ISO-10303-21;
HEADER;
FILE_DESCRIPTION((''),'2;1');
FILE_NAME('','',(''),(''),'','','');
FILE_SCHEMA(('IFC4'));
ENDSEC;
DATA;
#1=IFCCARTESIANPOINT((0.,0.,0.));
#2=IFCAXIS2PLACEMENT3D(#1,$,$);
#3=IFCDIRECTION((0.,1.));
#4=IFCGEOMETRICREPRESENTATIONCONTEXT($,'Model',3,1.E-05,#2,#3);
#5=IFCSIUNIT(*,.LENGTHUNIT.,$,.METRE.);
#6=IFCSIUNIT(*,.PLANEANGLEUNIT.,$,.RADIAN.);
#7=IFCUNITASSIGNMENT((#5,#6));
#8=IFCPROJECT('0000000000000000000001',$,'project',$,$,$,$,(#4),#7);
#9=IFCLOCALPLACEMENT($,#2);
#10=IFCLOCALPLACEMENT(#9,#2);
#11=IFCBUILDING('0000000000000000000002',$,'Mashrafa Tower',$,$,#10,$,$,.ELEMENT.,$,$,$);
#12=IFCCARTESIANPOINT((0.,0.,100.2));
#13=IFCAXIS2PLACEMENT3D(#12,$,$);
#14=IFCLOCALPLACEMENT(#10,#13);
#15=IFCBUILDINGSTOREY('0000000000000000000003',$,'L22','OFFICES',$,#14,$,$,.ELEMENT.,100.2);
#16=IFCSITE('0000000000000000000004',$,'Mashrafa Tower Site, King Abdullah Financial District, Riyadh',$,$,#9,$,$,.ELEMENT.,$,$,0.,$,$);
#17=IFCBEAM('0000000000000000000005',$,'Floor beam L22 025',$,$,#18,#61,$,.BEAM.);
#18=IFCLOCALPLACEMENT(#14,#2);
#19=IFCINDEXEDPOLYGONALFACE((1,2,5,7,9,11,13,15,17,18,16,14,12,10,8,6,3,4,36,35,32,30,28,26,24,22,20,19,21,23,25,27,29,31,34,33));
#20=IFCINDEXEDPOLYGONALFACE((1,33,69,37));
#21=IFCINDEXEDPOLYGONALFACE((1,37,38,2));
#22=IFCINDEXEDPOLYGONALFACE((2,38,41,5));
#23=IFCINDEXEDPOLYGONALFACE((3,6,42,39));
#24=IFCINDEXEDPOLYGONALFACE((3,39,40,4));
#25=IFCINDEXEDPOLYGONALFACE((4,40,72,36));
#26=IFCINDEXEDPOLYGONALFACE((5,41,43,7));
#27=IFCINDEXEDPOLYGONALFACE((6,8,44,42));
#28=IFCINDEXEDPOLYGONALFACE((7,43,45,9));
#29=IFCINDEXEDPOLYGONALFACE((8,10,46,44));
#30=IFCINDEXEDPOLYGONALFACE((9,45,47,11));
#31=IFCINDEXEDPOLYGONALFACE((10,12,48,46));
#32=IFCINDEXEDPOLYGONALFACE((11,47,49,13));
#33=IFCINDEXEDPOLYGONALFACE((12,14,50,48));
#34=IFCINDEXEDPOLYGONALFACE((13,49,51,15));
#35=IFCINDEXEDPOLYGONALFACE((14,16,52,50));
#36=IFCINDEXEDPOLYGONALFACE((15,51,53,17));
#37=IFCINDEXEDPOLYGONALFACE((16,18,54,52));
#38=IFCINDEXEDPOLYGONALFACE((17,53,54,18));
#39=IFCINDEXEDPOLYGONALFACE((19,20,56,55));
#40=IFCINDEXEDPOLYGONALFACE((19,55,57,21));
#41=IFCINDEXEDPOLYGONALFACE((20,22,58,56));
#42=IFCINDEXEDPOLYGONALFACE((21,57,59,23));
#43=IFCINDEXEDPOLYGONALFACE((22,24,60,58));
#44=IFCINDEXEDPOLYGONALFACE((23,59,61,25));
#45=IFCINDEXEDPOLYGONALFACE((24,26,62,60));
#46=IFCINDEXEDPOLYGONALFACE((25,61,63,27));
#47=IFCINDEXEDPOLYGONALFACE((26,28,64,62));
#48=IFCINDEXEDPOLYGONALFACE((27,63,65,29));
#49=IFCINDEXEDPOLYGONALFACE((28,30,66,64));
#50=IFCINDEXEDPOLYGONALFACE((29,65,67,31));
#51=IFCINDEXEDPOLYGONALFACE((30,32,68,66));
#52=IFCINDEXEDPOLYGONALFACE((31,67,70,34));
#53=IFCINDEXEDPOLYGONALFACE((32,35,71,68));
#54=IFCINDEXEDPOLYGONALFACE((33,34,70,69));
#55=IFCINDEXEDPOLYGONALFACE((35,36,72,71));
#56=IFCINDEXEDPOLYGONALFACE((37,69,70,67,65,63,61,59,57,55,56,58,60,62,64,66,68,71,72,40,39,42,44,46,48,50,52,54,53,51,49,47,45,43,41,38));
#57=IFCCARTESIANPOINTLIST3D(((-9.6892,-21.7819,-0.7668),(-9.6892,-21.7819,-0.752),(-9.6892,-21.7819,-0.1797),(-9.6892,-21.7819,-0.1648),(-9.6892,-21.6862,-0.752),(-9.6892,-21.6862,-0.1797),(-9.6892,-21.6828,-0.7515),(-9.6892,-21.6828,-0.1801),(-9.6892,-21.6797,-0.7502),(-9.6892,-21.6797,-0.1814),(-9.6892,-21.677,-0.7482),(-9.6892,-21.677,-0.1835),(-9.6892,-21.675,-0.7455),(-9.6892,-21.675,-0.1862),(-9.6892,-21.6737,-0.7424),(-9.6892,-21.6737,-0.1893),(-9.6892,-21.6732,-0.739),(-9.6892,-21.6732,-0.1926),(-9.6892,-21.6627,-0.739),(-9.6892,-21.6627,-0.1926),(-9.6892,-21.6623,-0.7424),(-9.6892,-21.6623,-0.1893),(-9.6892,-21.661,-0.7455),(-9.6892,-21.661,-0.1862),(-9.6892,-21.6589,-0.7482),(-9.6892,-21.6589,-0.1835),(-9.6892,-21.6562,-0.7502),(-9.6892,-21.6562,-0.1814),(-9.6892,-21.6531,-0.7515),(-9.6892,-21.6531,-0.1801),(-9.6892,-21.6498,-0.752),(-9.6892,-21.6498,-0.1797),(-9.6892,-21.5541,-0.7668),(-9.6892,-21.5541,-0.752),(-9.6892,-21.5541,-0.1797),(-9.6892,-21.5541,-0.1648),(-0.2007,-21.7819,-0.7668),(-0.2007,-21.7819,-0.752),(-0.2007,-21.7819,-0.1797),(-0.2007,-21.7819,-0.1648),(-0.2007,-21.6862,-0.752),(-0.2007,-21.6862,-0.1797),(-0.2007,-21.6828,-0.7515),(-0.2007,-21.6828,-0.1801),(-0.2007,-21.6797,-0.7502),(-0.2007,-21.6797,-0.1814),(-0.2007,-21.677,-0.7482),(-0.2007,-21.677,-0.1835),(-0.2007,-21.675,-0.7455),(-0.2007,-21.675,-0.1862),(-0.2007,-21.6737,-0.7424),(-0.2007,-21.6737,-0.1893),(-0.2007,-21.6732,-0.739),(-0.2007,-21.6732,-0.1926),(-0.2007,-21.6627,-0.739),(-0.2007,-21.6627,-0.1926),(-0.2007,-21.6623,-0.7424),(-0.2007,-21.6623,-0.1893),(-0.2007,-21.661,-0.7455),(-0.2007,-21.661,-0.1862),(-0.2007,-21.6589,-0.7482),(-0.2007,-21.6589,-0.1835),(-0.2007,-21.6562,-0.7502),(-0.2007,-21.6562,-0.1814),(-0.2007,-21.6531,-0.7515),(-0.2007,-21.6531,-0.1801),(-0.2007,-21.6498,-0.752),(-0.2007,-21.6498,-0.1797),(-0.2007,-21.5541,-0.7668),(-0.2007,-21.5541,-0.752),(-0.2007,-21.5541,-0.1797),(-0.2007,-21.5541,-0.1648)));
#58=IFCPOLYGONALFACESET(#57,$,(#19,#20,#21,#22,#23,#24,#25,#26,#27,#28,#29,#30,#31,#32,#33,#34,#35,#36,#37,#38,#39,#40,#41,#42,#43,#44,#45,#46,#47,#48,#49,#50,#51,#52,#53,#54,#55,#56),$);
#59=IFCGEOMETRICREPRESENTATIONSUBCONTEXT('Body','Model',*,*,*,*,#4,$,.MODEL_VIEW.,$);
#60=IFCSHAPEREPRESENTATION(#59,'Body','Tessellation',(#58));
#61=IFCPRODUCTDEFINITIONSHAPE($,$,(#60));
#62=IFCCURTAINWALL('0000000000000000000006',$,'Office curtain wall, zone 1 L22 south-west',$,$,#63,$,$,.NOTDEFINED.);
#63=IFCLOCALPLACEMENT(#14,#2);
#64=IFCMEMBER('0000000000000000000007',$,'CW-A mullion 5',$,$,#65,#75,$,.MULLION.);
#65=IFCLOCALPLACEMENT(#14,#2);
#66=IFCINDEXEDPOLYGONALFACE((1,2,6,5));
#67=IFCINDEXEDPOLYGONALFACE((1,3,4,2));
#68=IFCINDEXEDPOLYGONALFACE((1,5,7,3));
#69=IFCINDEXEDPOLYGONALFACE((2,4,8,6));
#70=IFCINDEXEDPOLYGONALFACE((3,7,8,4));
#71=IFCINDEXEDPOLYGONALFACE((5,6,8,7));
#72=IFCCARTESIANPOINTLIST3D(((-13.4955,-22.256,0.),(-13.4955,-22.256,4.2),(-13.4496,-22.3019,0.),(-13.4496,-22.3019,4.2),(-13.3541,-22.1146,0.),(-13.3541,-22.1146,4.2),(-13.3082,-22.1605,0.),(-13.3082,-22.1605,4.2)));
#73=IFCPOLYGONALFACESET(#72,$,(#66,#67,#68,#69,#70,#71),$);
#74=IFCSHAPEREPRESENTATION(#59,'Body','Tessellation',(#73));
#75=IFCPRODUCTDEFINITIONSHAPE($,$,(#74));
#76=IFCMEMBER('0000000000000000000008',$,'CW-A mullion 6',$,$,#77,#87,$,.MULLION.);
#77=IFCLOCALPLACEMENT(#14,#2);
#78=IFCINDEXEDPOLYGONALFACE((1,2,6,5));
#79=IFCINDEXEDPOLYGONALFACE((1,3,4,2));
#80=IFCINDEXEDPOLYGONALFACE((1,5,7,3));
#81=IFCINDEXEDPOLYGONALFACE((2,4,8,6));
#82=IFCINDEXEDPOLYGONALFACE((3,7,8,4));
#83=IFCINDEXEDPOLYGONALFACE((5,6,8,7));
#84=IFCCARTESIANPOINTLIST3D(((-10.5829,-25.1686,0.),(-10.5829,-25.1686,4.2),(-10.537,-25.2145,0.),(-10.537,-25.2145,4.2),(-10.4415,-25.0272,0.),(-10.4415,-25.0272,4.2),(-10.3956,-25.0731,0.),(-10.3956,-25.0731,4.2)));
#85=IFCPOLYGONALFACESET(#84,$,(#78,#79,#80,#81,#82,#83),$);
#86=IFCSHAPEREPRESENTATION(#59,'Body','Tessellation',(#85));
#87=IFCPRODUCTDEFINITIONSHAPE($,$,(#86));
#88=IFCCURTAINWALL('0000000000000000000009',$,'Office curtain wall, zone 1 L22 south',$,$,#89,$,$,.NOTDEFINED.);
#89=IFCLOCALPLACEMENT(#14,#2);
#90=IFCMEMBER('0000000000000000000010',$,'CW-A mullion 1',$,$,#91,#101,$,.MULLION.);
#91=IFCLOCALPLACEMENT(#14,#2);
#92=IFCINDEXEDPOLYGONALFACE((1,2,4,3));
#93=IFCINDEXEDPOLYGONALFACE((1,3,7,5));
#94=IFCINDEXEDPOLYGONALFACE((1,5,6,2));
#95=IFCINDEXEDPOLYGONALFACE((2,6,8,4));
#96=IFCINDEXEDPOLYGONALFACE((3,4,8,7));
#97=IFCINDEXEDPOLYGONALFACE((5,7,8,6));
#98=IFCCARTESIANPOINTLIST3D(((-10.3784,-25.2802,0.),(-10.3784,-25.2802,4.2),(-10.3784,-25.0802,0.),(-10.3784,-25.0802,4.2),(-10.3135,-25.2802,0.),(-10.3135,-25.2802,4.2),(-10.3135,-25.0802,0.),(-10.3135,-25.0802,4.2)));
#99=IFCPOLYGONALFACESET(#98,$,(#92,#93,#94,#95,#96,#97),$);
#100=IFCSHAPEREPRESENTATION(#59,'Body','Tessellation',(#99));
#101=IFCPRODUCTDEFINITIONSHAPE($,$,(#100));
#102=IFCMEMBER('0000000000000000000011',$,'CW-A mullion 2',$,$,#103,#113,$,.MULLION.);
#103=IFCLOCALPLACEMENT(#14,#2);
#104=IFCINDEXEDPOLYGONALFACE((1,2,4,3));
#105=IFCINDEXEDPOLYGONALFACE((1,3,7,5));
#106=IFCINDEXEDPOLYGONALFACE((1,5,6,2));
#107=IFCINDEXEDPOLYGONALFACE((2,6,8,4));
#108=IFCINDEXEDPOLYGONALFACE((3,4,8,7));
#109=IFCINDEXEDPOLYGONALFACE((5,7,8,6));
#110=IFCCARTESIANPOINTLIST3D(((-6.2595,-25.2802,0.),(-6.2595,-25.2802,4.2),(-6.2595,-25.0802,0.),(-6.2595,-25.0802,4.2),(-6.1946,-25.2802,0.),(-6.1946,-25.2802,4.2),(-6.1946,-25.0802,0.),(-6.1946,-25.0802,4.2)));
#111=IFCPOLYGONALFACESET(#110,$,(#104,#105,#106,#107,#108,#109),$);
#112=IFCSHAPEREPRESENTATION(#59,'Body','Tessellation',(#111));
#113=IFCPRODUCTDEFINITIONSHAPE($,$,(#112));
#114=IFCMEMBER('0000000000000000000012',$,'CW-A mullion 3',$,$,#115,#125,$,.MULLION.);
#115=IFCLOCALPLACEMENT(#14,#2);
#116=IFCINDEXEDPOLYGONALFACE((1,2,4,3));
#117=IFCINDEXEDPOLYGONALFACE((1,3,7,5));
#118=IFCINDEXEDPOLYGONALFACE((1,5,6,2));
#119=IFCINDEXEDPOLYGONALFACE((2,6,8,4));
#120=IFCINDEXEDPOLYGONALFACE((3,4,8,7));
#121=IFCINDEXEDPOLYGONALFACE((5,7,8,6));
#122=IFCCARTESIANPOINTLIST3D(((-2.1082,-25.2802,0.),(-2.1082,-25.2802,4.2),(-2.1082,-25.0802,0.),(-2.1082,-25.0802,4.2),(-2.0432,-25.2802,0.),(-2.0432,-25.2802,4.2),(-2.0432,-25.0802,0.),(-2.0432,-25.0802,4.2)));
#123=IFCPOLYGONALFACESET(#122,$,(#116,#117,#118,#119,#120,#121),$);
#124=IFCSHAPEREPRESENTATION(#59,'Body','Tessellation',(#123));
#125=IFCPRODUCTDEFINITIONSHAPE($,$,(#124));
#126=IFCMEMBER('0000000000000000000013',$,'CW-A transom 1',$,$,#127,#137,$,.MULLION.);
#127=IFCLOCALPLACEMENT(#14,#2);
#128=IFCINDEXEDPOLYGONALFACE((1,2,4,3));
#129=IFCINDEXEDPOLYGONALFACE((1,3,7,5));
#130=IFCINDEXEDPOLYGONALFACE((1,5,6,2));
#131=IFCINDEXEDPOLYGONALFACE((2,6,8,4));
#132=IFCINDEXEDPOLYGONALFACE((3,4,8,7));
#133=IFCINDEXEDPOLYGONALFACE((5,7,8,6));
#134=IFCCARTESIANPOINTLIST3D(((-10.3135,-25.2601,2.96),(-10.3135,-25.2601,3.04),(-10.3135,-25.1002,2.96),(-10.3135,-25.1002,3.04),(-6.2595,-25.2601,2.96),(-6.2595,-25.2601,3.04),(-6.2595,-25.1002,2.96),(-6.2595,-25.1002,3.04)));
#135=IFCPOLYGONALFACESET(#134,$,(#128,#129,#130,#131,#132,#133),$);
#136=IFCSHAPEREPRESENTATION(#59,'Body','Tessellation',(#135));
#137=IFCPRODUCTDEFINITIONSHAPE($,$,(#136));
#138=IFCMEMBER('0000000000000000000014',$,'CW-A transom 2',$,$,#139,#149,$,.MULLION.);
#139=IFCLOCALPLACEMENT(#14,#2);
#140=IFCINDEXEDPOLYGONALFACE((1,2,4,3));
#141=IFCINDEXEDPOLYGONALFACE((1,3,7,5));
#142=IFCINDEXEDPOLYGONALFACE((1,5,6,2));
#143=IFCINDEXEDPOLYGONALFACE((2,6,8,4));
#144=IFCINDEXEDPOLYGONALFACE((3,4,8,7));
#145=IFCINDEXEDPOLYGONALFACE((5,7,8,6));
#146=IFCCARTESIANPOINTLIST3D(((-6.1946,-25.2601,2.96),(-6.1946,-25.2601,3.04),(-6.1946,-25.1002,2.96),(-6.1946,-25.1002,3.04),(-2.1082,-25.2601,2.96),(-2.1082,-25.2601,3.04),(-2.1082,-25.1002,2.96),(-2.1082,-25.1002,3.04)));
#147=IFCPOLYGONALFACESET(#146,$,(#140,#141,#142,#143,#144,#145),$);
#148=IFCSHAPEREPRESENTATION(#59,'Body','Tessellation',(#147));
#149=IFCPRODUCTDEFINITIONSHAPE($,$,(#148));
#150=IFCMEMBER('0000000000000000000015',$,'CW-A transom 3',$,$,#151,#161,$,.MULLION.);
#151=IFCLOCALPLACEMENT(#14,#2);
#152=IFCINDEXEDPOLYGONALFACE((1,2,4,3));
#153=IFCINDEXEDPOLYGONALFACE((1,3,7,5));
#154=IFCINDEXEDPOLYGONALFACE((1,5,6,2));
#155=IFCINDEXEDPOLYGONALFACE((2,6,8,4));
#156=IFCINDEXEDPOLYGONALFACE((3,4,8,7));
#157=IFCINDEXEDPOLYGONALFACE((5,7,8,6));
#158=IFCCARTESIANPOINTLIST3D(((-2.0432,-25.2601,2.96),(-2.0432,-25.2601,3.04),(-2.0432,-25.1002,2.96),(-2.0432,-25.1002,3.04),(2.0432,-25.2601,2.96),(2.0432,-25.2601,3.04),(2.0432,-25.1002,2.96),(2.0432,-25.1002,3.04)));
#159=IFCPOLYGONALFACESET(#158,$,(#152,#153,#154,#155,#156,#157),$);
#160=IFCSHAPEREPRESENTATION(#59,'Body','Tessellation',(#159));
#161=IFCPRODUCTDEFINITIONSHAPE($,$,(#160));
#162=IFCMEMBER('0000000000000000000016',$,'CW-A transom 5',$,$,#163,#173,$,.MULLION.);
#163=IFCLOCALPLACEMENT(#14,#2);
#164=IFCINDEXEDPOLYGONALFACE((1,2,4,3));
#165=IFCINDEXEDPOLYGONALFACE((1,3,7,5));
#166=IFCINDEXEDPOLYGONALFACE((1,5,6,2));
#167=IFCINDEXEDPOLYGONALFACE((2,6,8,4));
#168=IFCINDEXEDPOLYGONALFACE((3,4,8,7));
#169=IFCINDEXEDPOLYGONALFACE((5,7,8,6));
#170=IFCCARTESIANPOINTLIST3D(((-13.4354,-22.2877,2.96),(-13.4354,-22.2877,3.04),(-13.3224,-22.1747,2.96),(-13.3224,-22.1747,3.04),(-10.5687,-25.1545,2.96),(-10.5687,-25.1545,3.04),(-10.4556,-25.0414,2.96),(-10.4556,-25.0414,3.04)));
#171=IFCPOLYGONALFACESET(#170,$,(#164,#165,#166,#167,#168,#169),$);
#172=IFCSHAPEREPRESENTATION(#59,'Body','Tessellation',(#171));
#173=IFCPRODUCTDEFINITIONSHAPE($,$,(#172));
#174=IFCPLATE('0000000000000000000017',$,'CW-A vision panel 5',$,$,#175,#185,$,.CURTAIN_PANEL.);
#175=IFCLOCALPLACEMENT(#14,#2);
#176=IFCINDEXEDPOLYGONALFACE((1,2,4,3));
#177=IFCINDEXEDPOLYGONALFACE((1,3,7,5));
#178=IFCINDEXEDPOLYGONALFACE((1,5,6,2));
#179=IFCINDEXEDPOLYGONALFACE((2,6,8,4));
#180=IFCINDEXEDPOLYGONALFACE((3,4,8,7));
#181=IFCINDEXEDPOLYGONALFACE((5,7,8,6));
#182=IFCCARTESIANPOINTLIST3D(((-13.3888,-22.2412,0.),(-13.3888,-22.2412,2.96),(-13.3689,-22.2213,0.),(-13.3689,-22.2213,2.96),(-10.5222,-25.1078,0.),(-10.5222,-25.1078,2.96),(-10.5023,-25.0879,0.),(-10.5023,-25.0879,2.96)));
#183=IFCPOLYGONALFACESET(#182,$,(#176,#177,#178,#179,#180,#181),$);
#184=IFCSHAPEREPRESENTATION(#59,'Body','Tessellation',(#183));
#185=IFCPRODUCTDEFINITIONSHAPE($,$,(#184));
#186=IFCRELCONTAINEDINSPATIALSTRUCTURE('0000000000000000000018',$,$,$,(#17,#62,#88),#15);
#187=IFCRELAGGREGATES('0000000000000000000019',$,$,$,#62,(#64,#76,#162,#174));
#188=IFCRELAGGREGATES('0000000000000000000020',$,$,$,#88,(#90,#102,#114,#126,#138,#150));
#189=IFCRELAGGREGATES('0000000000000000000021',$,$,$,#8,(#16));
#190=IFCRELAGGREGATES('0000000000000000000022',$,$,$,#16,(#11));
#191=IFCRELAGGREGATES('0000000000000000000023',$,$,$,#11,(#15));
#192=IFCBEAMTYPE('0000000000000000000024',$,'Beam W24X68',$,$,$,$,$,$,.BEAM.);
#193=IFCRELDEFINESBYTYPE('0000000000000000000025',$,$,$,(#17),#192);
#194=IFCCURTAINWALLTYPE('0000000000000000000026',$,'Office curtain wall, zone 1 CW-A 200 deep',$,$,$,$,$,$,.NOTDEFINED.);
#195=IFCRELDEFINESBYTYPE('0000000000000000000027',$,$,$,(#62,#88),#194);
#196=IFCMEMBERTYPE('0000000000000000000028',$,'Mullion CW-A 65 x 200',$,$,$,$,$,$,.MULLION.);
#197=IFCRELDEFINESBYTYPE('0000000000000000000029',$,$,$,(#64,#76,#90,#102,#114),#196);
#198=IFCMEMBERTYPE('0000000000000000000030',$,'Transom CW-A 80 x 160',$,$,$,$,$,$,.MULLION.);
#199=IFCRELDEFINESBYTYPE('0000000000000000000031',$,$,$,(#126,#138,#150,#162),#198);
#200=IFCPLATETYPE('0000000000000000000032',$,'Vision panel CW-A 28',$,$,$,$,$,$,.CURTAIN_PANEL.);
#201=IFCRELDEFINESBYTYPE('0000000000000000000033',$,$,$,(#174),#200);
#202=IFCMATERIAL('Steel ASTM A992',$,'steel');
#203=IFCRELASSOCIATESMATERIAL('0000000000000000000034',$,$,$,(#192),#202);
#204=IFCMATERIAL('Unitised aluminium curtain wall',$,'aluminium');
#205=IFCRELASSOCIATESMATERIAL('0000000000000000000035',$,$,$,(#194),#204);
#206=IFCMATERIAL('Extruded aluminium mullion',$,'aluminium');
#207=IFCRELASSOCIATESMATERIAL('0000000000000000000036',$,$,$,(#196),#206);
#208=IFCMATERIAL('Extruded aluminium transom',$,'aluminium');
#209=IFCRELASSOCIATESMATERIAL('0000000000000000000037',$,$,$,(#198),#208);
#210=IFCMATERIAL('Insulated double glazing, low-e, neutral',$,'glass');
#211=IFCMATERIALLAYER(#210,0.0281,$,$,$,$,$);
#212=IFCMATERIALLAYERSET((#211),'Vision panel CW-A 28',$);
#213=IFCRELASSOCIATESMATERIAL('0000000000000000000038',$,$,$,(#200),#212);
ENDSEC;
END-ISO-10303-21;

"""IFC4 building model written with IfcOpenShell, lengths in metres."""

from ifc_helpers import new_model, si_unit, direction, frame, origin, origin_2d, place, context, subcontext, project, spatial, rectangle, i_section, extrude, source, transform, mapped, material, layer, layer_set, material_profile, profile_set, type_object, type_shapes, element, aggregate, save


model = new_model("IFC4")

# Units and contexts
model_context = context("Model", 3, precision=1e-05, world=origin(), true_north=direction((0.0, 1.0)))
body_context = subcontext(model_context, "Body", "Model", "MODEL_VIEW")
ifc_project = project(units=[si_unit("LENGTHUNIT", "METRE"), si_unit("PLANEANGLEUNIT", "RADIAN")], contexts=[model_context])

# Site, building, storey
site_placement = place(None, origin())
site = spatial("IfcSite", under=ifc_project, at=site_placement, Name="Mashrafa Tower Site, King Abdullah Financial District, Riyadh", CompositionType="ELEMENT", RefElevation=0.0)
building_placement = place(site_placement, origin())
building = spatial("IfcBuilding", under=site, at=building_placement, Name="Mashrafa Tower", CompositionType="ELEMENT")
storey_placement = place(building_placement, frame((0.0, 0.0, 100.2)))
storey = spatial("IfcBuildingStorey", under=building, at=storey_placement, Name="L22", Description="OFFICES", CompositionType="ELEMENT", Elevation=100.2)

# Beam
ifc_material_1 = material(Name="Steel ASTM A992", Category="steel")
ifc_material_profile_1 = material_profile(ifc_material_1, i_section(OverallWidth=0.2278, OverallDepth=0.6021, WebThickness=0.0105, FlangeThickness=0.0149, FilletRadius=0.0129, at=origin_2d()), Name="W24X68")
ifc_profile_set_1 = profile_set([ifc_material_profile_1], Name="Steel ASTM A992")
beam_type_1 = type_object("IfcBeamType", Name="Beam W24X68", PredefinedType="BEAM", material=ifc_profile_set_1)
beam_1_placement = place(storey_placement, frame((-0.2007, -21.668, -0.4658), z_axis=(-1.0, 0.0, 0.0), x_axis=(0.0, -1.0, 0.0)))
element("IfcBeam", 1, at=beam_1_placement, inside=storey, type_object=beam_type_1, Name="Floor beam L22 025", PredefinedType="BEAM", context=body_context, shape_type="SweptSolid", body=[
    extrude(i_section(OverallWidth=0.2278, OverallDepth=0.6021, WebThickness=0.0105, FlangeThickness=0.0149, FilletRadius=0.0129, at=origin_2d()), origin(), (0.0, 0.0, 1.0), 9.4885),
])

# Curtain walls, members
ifc_material_2 = material(Name="Unitised aluminium curtain wall", Category="aluminium")
curtain_wall_type = type_object("IfcCurtainWallType", Name="Office curtain wall, zone 1 CW-A 200 deep", PredefinedType="NOTDEFINED", material=ifc_material_2)
curtain_wall_1_placement = place(storey_placement, origin())
curtain_wall_1 = element("IfcCurtainWall", 2, at=curtain_wall_1_placement, inside=storey, type_object=curtain_wall_type, Name="Office curtain wall, zone 1 L22 south-west", PredefinedType="NOTDEFINED")
ifc_material_3 = material(Name="Extruded aluminium mullion", Category="aluminium")
ifc_material_profile_2 = material_profile(ifc_material_3, rectangle(XDim=0.2, YDim=0.0649, at=origin_2d()), Name="Mullion 65x200")
ifc_profile_set_2 = profile_set([ifc_material_profile_2], Name="Extruded aluminium mullion")
member_type_1 = type_object("IfcMemberType", Name="Mullion CW-A 65 x 200", PredefinedType="MULLION", material=ifc_profile_set_2)
shared_shape_1 = source(origin(), body_context, "Body", "SweptSolid", [
    extrude(rectangle(XDim=0.2, YDim=0.0649, at=origin_2d()), origin(), (0.0, 0.0, 1.0), 4.2),
])
type_shapes(member_type_1, [shared_shape_1])
member_1_placement = place(storey_placement, frame((-13.4019, -22.2083, 0.0), z_axis=(0.0, 0.0, 1.0), x_axis=(0.707107, 0.707107, 0.0)))
member_1 = element("IfcMember", 3, at=member_1_placement, type_object=member_type_1, Name="CW-A mullion 5", PredefinedType="MULLION", context=body_context, shape_type="MappedRepresentation", body=[
    mapped(shared_shape_1, transform((0.0, 0.0, 0.0))),
])
member_2_placement = place(storey_placement, frame((-10.4893, -25.1208, 0.0), z_axis=(0.0, 0.0, 1.0), x_axis=(0.707107, 0.707107, 0.0)))
member_2 = element("IfcMember", 4, at=member_2_placement, type_object=member_type_1, Name="CW-A mullion 6", PredefinedType="MULLION", context=body_context, shape_type="MappedRepresentation", body=[
    mapped(shared_shape_1, transform((0.0, 0.0, 0.0))),
])
curtain_wall_2_placement = place(storey_placement, origin())
curtain_wall_2 = element("IfcCurtainWall", 5, at=curtain_wall_2_placement, inside=storey, type_object=curtain_wall_type, Name="Office curtain wall, zone 1 L22 south", PredefinedType="NOTDEFINED")
member_3_placement = place(storey_placement, frame((-10.3459, -25.1802, 0.0), z_axis=(0.0, 0.0, 1.0), x_axis=(0.0, 1.0, 0.0)))
member_3 = element("IfcMember", 6, at=member_3_placement, type_object=member_type_1, Name="CW-A mullion 1", PredefinedType="MULLION", context=body_context, shape_type="MappedRepresentation", body=[
    mapped(shared_shape_1, transform((0.0, 0.0, 0.0))),
])
member_4_placement = place(storey_placement, frame((-6.2271, -25.1802, 0.0), z_axis=(0.0, 0.0, 1.0), x_axis=(0.0, 1.0, 0.0)))
member_4 = element("IfcMember", 7, at=member_4_placement, type_object=member_type_1, Name="CW-A mullion 2", PredefinedType="MULLION", context=body_context, shape_type="MappedRepresentation", body=[
    mapped(shared_shape_1, transform((0.0, 0.0, 0.0))),
])
member_5_placement = place(storey_placement, frame((-2.0757, -25.1802, 0.0), z_axis=(0.0, 0.0, 1.0), x_axis=(0.0, 1.0, 0.0)))
member_5 = element("IfcMember", 8, at=member_5_placement, type_object=member_type_1, Name="CW-A mullion 3", PredefinedType="MULLION", context=body_context, shape_type="MappedRepresentation", body=[
    mapped(shared_shape_1, transform((0.0, 0.0, 0.0))),
])
ifc_material_4 = material(Name="Extruded aluminium transom", Category="aluminium")
ifc_material_profile_3 = material_profile(ifc_material_4, rectangle(XDim=0.1599, YDim=0.0801, at=origin_2d()), Name="Transom 80x160")
ifc_profile_set_3 = profile_set([ifc_material_profile_3], Name="Extruded aluminium transom")
member_type_2 = type_object("IfcMemberType", Name="Transom CW-A 80 x 160", PredefinedType="MULLION", material=ifc_profile_set_3)
shared_shape_2 = source(origin(), body_context, "Body", "SweptSolid", [
    extrude(rectangle(XDim=0.1599, YDim=0.0801, at=origin_2d()), origin(), (0.0, 0.0, 1.0), 4.054),
])
member_6_placement = place(storey_placement, frame((-10.3135, -25.1802, 3.0), z_axis=(1.0, 0.0, 0.0), x_axis=(0.0, 1.0, 0.0)))
member_6 = element("IfcMember", 9, at=member_6_placement, type_object=member_type_2, Name="CW-A transom 1", PredefinedType="MULLION", context=body_context, shape_type="MappedRepresentation", body=[
    mapped(shared_shape_2, transform((0.0, 0.0, 0.0))),
])
shared_shape_3 = source(origin(), body_context, "Body", "SweptSolid", [
    extrude(rectangle(XDim=0.1599, YDim=0.0801, at=origin_2d()), origin(), (0.0, 0.0, 1.0), 4.0864),
])
member_7_placement = place(storey_placement, frame((-6.1946, -25.1802, 3.0), z_axis=(1.0, 0.0, 0.0), x_axis=(0.0, 1.0, 0.0)))
member_7 = element("IfcMember", 10, at=member_7_placement, type_object=member_type_2, Name="CW-A transom 2", PredefinedType="MULLION", context=body_context, shape_type="MappedRepresentation", body=[
    mapped(shared_shape_3, transform((0.0, 0.0, 0.0))),
])
member_8_placement = place(storey_placement, frame((-2.0432, -25.1802, 3.0), z_axis=(1.0, 0.0, 0.0), x_axis=(0.0, 1.0, 0.0)))
member_8 = element("IfcMember", 11, at=member_8_placement, type_object=member_type_2, Name="CW-A transom 3", PredefinedType="MULLION", context=body_context, shape_type="MappedRepresentation", body=[
    mapped(shared_shape_3, transform((0.0, 0.0, 0.0))),
])

# Member
shared_shape_4 = source(origin(), body_context, "Body", "SweptSolid", [
    extrude(rectangle(XDim=0.1599, YDim=0.0801, at=origin_2d()), origin(), (0.0, 0.0, 1.0), 4.0542),
])
type_shapes(member_type_2, [shared_shape_2, shared_shape_3, shared_shape_4])
member_9_placement = place(storey_placement, frame((-13.3789, -22.2312, 3.0), z_axis=(0.707107, -0.707107, 0.0), x_axis=(0.707107, 0.707107, 0.0)))
member_9 = element("IfcMember", 12, at=member_9_placement, type_object=member_type_2, Name="CW-A transom 5", PredefinedType="MULLION", context=body_context, shape_type="MappedRepresentation", body=[
    mapped(shared_shape_4, transform((0.0, 0.0, 0.0))),
])

# Plate
ifc_material_5 = material(Name="Insulated double glazing, low-e, neutral", Category="glass")
ifc_layer_1 = layer(ifc_material_5, 0.0281)
ifc_layer_set_1 = layer_set([ifc_layer_1], Name="Vision panel CW-A 28")
plate_type_1 = type_object("IfcPlateType", Name="Vision panel CW-A 28", PredefinedType="CURTAIN_PANEL", material=ifc_layer_set_1)
shared_shape_5 = source(origin(), body_context, "Body", "SweptSolid", [
    extrude(rectangle(XDim=4.054, YDim=0.0281, at=origin_2d()), origin(), (0.0, 0.0, 1.0), 2.96),
])
plate_1_placement = place(storey_placement, frame((-11.9456, -23.6646, 0.0), z_axis=(0.0, 0.0, 1.0), x_axis=(0.707107, -0.707107, 0.0)))
plate_1 = element("IfcPlate", 13, at=plate_1_placement, type_object=plate_type_1, Name="CW-A vision panel 5", PredefinedType="CURTAIN_PANEL", context=body_context, shape_type="MappedRepresentation", body=[
    mapped(shared_shape_5, transform((0.0, 0.0, 0.0))),
])
aggregate(curtain_wall_1, [member_1, member_2, member_9, plate_1])
aggregate(curtain_wall_2, [member_3, member_4, member_5, member_6, member_7, member_8])

save(model, "model.ifc")
